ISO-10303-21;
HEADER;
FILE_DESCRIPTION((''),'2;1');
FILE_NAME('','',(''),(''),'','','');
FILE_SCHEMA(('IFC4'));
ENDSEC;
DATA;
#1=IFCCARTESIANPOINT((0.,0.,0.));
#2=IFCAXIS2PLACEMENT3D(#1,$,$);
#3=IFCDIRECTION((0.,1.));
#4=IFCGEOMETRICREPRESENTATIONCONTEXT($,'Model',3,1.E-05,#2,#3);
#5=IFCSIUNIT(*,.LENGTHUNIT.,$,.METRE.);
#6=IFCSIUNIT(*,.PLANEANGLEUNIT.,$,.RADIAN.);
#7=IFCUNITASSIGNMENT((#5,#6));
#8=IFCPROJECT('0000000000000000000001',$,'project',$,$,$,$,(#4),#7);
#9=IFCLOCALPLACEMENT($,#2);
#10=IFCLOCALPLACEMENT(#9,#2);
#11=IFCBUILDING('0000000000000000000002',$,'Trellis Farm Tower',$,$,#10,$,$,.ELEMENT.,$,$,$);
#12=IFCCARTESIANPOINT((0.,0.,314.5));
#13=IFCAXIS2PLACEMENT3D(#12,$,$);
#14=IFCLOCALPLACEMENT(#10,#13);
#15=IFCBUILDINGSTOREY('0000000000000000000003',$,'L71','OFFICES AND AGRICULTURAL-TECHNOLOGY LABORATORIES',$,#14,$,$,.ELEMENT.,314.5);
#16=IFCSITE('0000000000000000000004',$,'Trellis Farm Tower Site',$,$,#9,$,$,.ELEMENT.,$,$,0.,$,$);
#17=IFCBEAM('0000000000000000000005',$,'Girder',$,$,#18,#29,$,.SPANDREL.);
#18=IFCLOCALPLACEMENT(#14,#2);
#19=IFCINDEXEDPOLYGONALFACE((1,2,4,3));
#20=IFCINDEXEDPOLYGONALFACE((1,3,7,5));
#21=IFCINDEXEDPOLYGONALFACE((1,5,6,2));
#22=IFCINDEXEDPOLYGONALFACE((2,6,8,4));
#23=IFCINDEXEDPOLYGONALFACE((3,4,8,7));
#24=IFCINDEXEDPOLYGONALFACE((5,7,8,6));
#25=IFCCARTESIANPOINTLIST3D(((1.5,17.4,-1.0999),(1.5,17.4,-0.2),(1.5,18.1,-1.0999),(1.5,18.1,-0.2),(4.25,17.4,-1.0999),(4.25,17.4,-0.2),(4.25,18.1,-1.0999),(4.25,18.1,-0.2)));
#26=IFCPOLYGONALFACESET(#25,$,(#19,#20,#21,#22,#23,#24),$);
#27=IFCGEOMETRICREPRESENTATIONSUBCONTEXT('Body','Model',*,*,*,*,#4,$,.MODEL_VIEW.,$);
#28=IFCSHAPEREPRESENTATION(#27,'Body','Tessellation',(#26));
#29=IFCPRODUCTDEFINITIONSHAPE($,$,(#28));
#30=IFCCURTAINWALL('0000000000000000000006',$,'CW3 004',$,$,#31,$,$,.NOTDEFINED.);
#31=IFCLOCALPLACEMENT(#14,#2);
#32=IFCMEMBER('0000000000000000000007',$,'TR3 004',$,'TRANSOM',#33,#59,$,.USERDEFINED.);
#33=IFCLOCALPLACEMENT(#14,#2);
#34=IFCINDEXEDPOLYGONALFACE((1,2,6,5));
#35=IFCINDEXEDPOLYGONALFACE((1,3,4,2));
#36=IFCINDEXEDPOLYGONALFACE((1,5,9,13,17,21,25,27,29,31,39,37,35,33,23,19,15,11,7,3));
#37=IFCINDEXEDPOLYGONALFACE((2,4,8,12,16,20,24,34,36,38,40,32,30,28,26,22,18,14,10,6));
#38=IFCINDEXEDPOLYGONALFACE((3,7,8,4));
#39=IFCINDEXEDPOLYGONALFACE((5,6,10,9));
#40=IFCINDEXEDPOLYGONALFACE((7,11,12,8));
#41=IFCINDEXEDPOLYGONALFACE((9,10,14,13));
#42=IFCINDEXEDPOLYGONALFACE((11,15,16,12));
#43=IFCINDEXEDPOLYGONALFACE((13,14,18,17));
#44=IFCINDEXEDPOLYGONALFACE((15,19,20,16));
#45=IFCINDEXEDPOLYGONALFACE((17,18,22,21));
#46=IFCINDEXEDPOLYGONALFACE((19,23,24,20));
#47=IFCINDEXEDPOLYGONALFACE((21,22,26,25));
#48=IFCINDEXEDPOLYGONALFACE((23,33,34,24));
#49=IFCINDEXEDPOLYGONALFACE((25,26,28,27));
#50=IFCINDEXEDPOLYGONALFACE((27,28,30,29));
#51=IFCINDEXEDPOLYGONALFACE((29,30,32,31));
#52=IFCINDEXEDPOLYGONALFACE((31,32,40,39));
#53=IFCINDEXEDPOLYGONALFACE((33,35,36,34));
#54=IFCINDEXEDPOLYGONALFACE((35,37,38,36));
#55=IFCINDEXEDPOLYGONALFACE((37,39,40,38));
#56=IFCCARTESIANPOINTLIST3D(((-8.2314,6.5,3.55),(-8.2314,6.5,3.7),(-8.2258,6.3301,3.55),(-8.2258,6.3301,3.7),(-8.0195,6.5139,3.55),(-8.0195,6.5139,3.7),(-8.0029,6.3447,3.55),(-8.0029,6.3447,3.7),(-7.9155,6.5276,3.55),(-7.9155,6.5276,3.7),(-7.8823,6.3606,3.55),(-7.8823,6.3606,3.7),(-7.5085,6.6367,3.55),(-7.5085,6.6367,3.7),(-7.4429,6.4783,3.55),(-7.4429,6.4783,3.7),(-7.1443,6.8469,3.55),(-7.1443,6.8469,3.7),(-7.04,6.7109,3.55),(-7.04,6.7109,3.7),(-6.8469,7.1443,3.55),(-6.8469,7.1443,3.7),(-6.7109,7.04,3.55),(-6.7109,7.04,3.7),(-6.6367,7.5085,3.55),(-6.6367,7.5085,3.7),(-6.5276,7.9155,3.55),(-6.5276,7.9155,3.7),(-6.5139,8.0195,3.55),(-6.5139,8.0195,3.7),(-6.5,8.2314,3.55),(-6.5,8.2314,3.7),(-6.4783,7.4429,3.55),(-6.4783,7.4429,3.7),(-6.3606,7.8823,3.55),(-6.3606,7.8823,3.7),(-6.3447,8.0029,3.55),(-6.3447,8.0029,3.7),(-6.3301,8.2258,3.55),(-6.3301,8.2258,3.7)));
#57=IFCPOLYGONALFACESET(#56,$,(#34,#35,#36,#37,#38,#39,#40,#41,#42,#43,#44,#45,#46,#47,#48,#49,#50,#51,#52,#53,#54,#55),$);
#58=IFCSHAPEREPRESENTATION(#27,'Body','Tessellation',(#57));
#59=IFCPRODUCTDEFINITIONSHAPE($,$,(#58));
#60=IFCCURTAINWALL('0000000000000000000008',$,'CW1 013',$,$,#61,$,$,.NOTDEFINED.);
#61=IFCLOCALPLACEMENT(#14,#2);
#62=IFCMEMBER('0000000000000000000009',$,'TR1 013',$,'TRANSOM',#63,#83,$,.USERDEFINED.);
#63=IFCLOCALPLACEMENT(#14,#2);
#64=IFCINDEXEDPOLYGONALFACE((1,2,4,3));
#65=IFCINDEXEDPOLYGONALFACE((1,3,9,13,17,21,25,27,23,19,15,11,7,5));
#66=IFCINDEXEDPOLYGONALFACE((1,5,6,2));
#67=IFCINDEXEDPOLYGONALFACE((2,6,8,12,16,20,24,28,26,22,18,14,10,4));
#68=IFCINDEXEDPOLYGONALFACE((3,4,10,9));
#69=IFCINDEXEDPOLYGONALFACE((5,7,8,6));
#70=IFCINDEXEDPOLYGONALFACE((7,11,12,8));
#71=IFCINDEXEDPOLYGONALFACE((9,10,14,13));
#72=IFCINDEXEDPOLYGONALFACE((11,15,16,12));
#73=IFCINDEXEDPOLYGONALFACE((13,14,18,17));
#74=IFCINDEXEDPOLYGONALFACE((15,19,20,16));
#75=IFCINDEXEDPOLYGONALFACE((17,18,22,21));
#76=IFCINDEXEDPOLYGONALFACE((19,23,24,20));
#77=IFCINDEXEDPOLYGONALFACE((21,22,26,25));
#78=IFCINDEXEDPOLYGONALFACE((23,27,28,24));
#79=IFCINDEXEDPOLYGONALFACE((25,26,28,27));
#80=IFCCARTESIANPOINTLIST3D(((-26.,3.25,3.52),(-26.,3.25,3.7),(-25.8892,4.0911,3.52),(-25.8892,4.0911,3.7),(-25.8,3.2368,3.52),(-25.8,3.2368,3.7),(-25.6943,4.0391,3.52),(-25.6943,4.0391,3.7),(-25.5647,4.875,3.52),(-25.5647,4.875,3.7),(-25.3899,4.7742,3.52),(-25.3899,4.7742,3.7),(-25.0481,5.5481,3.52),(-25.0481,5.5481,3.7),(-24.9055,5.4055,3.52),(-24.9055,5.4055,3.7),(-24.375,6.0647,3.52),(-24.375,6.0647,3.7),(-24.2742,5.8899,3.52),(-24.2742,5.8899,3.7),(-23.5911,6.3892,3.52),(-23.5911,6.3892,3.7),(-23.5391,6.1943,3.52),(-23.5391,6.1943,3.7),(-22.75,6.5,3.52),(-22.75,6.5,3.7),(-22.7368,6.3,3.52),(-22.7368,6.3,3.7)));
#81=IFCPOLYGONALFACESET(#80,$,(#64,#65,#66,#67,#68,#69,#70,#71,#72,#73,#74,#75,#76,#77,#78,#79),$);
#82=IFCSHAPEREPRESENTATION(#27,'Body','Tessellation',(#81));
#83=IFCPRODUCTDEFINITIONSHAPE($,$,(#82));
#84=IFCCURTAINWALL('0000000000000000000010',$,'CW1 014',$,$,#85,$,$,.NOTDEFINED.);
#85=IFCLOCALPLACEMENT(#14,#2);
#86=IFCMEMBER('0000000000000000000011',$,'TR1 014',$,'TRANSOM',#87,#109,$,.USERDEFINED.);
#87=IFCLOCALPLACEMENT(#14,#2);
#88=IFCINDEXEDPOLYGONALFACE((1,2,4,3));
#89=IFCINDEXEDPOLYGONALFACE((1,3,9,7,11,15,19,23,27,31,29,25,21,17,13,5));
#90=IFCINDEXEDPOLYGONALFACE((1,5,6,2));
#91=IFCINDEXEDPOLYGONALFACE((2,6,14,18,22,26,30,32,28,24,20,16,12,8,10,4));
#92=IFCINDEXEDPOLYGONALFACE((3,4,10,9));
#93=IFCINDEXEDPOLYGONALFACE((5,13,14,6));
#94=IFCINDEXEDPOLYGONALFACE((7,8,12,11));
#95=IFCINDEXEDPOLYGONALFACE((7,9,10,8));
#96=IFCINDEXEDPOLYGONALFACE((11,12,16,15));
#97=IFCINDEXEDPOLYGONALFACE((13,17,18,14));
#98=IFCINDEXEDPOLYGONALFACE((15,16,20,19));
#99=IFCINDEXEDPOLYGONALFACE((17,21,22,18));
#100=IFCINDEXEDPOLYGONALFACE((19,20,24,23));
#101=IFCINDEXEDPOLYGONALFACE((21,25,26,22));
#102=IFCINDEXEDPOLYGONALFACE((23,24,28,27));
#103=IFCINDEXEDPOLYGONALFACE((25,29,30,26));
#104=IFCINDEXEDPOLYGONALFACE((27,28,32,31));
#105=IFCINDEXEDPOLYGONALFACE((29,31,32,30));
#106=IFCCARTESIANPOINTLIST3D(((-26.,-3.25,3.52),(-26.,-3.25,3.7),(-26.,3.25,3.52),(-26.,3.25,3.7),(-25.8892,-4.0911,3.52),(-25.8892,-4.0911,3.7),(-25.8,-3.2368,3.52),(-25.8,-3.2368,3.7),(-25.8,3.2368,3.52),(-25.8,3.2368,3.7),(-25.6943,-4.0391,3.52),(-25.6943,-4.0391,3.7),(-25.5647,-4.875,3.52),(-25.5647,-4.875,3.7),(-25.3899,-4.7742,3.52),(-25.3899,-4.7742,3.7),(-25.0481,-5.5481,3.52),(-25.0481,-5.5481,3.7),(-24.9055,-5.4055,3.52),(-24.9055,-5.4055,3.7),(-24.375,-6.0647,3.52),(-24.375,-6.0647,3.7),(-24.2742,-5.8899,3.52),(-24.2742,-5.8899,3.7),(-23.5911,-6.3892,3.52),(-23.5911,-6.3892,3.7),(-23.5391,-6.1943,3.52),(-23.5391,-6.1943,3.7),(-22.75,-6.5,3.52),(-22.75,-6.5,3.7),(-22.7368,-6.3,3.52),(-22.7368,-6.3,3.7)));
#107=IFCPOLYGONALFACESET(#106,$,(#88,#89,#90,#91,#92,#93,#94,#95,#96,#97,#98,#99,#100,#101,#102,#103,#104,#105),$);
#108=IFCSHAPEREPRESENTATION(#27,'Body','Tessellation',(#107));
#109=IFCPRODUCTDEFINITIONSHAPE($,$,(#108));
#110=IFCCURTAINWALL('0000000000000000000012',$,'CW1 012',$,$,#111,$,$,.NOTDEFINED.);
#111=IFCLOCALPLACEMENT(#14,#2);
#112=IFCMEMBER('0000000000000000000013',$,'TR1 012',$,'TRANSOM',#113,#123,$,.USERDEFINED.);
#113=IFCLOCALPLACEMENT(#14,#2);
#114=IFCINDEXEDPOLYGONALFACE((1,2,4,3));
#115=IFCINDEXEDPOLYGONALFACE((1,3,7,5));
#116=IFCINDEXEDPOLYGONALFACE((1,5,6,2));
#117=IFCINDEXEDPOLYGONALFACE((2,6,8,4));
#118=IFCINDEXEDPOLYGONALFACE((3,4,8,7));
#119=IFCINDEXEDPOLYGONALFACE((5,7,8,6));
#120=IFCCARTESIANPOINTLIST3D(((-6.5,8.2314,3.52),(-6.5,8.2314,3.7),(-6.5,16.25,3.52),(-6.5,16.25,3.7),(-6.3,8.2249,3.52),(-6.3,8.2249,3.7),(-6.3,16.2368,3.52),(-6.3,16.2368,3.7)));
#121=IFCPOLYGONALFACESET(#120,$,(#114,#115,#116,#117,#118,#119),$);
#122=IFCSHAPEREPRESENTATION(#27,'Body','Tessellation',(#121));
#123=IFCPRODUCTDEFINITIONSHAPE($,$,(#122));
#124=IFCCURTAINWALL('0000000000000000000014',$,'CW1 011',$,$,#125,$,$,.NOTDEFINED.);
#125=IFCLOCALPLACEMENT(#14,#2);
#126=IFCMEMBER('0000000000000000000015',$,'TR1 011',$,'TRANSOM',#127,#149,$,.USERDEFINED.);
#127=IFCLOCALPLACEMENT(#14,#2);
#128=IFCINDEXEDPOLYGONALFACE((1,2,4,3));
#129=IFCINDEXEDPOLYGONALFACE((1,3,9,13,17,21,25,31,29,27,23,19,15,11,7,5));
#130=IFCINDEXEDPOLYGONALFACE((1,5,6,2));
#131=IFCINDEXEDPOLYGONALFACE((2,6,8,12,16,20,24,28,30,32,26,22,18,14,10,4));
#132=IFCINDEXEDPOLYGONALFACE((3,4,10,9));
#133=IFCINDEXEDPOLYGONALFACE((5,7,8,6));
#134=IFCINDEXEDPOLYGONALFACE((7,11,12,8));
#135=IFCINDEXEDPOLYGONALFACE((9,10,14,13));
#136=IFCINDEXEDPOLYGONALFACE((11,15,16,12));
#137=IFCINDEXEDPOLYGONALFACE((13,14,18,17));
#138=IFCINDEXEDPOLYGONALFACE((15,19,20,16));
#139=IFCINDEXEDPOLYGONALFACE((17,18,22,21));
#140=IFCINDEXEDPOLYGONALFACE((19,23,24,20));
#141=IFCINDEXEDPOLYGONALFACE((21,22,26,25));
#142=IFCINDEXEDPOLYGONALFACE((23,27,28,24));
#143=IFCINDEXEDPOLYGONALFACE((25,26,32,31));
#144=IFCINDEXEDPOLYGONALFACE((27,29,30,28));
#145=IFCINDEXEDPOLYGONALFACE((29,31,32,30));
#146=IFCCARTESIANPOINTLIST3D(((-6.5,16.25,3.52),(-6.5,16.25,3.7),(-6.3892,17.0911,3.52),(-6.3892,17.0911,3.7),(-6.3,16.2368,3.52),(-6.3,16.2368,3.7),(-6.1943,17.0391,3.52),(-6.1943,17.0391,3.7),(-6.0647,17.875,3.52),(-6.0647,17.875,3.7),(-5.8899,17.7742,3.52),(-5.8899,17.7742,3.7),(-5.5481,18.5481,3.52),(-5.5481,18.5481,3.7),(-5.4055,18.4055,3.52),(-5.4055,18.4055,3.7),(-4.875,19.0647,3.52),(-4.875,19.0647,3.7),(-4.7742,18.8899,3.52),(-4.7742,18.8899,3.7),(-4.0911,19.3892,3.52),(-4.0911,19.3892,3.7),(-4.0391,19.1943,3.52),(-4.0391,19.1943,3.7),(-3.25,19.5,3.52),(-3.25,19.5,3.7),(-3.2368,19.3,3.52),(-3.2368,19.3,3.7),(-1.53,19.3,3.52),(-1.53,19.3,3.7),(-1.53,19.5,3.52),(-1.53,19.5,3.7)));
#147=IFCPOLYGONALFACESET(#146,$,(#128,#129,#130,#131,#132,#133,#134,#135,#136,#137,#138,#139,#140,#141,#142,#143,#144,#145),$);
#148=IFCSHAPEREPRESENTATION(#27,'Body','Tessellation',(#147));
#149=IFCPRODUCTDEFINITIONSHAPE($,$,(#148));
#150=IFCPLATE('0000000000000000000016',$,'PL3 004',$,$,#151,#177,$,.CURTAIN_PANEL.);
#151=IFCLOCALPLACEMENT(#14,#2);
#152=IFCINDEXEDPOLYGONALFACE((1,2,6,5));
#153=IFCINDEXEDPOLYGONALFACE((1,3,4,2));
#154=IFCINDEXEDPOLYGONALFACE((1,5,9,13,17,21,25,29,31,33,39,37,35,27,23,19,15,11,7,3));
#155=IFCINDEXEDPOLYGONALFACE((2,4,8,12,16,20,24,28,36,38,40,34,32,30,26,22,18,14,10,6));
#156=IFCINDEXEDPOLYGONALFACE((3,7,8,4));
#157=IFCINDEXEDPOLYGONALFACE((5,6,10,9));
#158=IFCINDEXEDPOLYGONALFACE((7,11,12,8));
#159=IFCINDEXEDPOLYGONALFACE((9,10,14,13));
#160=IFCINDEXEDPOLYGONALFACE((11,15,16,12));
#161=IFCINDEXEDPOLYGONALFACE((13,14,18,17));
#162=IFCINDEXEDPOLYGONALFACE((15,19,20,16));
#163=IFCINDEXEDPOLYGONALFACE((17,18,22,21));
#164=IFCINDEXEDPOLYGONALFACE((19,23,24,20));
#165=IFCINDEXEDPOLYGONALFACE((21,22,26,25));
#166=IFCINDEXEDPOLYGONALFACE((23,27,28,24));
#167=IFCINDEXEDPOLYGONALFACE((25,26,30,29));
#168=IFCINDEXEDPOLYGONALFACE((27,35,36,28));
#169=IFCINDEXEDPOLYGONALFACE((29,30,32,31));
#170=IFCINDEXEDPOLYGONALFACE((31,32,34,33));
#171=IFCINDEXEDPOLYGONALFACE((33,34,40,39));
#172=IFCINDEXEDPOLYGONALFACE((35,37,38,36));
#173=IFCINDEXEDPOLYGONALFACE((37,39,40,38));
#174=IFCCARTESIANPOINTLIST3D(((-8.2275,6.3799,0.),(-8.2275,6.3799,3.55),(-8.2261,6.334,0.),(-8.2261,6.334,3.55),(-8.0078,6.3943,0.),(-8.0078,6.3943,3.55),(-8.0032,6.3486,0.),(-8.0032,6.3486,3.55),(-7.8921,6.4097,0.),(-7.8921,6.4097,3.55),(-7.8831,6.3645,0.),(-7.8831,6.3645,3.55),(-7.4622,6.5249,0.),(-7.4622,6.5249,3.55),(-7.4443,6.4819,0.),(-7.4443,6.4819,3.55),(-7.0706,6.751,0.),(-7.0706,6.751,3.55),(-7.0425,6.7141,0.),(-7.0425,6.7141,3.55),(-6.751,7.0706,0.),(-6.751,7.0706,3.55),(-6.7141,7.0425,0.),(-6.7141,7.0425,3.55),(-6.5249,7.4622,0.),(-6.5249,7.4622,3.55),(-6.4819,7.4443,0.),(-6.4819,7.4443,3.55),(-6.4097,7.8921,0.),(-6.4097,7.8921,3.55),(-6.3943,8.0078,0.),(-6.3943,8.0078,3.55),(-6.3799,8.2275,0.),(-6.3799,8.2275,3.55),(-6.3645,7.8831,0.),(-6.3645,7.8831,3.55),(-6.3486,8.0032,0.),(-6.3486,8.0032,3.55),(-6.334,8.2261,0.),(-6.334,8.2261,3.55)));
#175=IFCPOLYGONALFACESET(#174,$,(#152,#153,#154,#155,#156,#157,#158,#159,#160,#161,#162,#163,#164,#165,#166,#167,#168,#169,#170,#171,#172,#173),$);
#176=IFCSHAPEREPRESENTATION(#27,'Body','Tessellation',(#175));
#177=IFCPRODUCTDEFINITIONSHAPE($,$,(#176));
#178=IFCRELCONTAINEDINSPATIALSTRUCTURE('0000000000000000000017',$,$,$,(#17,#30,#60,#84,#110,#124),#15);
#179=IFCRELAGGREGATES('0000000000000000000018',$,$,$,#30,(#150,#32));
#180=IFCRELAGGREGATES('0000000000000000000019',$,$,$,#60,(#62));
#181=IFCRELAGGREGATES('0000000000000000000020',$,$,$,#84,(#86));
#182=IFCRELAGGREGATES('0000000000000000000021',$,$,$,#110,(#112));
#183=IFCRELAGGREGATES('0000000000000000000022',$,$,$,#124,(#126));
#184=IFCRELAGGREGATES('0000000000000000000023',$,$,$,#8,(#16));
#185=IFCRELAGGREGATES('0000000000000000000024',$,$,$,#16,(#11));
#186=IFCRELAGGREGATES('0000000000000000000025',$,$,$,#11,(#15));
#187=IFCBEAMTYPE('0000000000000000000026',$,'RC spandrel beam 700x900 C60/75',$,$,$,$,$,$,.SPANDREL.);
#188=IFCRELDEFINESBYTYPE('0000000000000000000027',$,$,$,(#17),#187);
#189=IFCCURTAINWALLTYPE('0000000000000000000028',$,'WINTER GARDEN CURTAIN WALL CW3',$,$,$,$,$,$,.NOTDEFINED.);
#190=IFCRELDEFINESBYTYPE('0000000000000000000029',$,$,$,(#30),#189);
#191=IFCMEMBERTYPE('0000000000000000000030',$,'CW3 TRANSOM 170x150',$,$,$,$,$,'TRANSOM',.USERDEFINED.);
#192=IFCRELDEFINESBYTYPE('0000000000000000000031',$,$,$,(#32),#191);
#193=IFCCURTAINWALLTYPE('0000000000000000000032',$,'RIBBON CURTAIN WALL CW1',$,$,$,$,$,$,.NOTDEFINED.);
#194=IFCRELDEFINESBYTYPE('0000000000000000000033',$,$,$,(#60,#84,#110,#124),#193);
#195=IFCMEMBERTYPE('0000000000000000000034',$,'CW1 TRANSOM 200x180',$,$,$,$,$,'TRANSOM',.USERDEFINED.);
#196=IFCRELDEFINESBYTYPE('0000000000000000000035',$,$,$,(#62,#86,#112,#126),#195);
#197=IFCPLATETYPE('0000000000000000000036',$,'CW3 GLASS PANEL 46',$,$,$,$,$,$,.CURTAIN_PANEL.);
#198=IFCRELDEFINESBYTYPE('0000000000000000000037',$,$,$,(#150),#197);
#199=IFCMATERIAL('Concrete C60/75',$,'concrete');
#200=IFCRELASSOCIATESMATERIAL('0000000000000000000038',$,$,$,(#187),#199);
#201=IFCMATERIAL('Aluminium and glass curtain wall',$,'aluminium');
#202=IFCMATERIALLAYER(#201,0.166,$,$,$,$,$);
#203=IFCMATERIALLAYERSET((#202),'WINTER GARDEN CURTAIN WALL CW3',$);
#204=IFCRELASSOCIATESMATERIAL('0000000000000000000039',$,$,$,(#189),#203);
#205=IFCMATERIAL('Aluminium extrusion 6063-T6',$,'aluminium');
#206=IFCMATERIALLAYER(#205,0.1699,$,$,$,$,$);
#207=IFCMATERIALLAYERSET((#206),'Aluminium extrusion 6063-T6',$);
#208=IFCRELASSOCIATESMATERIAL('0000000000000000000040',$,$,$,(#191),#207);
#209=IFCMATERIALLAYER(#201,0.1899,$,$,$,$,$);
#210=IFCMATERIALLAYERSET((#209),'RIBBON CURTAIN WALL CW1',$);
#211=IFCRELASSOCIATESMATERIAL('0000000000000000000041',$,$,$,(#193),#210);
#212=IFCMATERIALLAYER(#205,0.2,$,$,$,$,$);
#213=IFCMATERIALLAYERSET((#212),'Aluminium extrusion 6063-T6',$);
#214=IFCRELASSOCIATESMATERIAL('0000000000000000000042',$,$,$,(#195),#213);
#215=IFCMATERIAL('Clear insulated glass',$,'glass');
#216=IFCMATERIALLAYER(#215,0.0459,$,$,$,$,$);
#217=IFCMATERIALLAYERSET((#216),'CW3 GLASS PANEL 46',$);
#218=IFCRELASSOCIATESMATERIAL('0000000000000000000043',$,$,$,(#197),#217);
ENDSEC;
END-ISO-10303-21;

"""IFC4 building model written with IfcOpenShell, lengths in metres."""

from ifc_helpers import new_model, si_unit, direction, frame, origin, origin_2d, place, context, subcontext, project, spatial, polyline, rectangle, outline, extrude, source, transform, mapped, material, layer, layer_set, material_profile, profile_set, type_object, element, aggregate, save


model = new_model("IFC4")

# Units and contexts
model_context = context("Model", 3, precision=1e-05, world=origin(), true_north=direction((0.0, 1.0)))
body_context = subcontext(model_context, "Body", "Model", "MODEL_VIEW")
ifc_project = project(units=[si_unit("LENGTHUNIT", "METRE"), si_unit("PLANEANGLEUNIT", "RADIAN")], contexts=[model_context])

# Site, building, storey
site_placement = place(None, origin())
site = spatial("IfcSite", under=ifc_project, at=site_placement, Name="Trellis Farm Tower Site", CompositionType="ELEMENT", RefElevation=0.0)
building_placement = place(site_placement, origin())
building = spatial("IfcBuilding", under=site, at=building_placement, Name="Trellis Farm Tower", CompositionType="ELEMENT")
storey_placement = place(building_placement, frame((0.0, 0.0, 314.5)))
storey = spatial("IfcBuildingStorey", under=building, at=storey_placement, Name="L71", Description="OFFICES AND AGRICULTURAL-TECHNOLOGY LABORATORIES", CompositionType="ELEMENT", Elevation=314.5)

# Beam
ifc_material_1 = material(Name="Concrete C60/75", Category="concrete")
ifc_material_profile = material_profile(ifc_material_1, rectangle(XDim=0.7, YDim=0.8999, at=origin_2d()), Name="RC spandrel beam 700x900 C60/75")
ifc_profile_set = profile_set([ifc_material_profile], Name="Concrete C60/75")
beam_type = type_object("IfcBeamType", Name="RC spandrel beam 700x900 C60/75", PredefinedType="SPANDREL", material=ifc_profile_set)
shared_shape_1 = source(origin(), body_context, "Body", "SweptSolid", [
    extrude(rectangle(XDim=0.7, YDim=0.8999, at=origin_2d()), origin(), (0.0, 0.0, 1.0), 2.75),
])
beam_placement = place(storey_placement, frame((1.5, 17.75, -0.6499), z_axis=(1.0, 0.0, 0.0), x_axis=(0.0, 1.0, 0.0)))
element("IfcBeam", 1, at=beam_placement, inside=storey, type_object=beam_type, Name="Girder", PredefinedType="SPANDREL", context=body_context, shape_type="MappedRepresentation", body=[
    mapped(shared_shape_1, transform((0.0, 0.0, 0.0))),
])

# Curtain walls, members
ifc_material_2 = material(Name="Aluminium and glass curtain wall", Category="aluminium")
ifc_layer_1 = layer(ifc_material_2, 0.166)
ifc_layer_set_1 = layer_set([ifc_layer_1], Name="WINTER GARDEN CURTAIN WALL CW3")
curtain_wall_type_1 = type_object("IfcCurtainWallType", Name="WINTER GARDEN CURTAIN WALL CW3", PredefinedType="NOTDEFINED", material=ifc_layer_set_1)
placement_1 = place(storey_placement, origin())
curtain_wall_1 = element("IfcCurtainWall", 2, at=placement_1, inside=storey, type_object=curtain_wall_type_1, Name="CW3 004", PredefinedType="NOTDEFINED")
ifc_material_3 = material(Name="Aluminium extrusion 6063-T6", Category="aluminium")
ifc_layer_2 = layer(ifc_material_3, 0.1699)
ifc_layer_set_2 = layer_set([ifc_layer_2], Name="Aluminium extrusion 6063-T6")
member_type_1 = type_object("IfcMemberType", Name="CW3 TRANSOM 170x150", ElementType="TRANSOM", PredefinedType="USERDEFINED", material=ifc_layer_set_2)
shared_shape_2 = source(origin(), body_context, "Body", "SweptSolid", [
    extrude(outline(polyline([(-6.5, 8.2314), (-6.5139, 8.0195), (-6.5276, 7.9155), (-6.6367, 7.5085), (-6.8469, 7.1443), (-7.1443, 6.8469), (-7.5085, 6.6367), (-7.9155, 6.5276), (-8.0195, 6.5139), (-8.2314, 6.5), (-8.2258, 6.3301), (-8.0029, 6.3447), (-7.8823, 6.3606), (-7.4429, 6.4783), (-7.04, 6.7109), (-6.7109, 7.04), (-6.4783, 7.4429), (-6.3606, 7.8823), (-6.3447, 8.0029), (-6.3301, 8.2258), (-6.5, 8.2314)])), origin(), (0.0, 0.0, 1.0), 0.1499),
])
member_1_placement = place(storey_placement, frame((0.0, 0.0, 3.55)))
member_1 = element("IfcMember", 3, at=member_1_placement, type_object=member_type_1, Name="TR3 004", ObjectType="TRANSOM", PredefinedType="USERDEFINED", context=body_context, shape_type="MappedRepresentation", body=[
    mapped(shared_shape_2, transform((0.0, 0.0, 0.0))),
])
ifc_layer_3 = layer(ifc_material_2, 0.1899)
ifc_layer_set_3 = layer_set([ifc_layer_3], Name="RIBBON CURTAIN WALL CW1")
curtain_wall_type_2 = type_object("IfcCurtainWallType", Name="RIBBON CURTAIN WALL CW1", PredefinedType="NOTDEFINED", material=ifc_layer_set_3)
curtain_wall_2 = element("IfcCurtainWall", 4, at=placement_1, inside=storey, type_object=curtain_wall_type_2, Name="CW1 013", PredefinedType="NOTDEFINED")
ifc_layer_4 = layer(ifc_material_3, 0.2)
ifc_layer_set_4 = layer_set([ifc_layer_4], Name="Aluminium extrusion 6063-T6")
member_type_2 = type_object("IfcMemberType", Name="CW1 TRANSOM 200x180", ElementType="TRANSOM", PredefinedType="USERDEFINED", material=ifc_layer_set_4)
shared_shape_3 = source(origin(), body_context, "Body", "SweptSolid", [
    extrude(outline(polyline([(-22.75, 6.5), (-23.5911, 6.3892), (-24.375, 6.0647), (-25.0481, 5.5481), (-25.5647, 4.875), (-25.8892, 4.0911), (-26.0, 3.25), (-25.8, 3.2368), (-25.6943, 4.0391), (-25.3899, 4.7742), (-24.9055, 5.4055), (-24.2742, 5.8899), (-23.5391, 6.1943), (-22.7368, 6.3), (-22.75, 6.5)])), origin(), (0.0, 0.0, 1.0), 0.1799),
])
placement_2 = place(storey_placement, frame((0.0, 0.0, 3.52)))
member_2 = element("IfcMember", 5, at=placement_2, type_object=member_type_2, Name="TR1 013", ObjectType="TRANSOM", PredefinedType="USERDEFINED", context=body_context, shape_type="MappedRepresentation", body=[
    mapped(shared_shape_3, transform((0.0, 0.0, 0.0))),
])
curtain_wall_3 = element("IfcCurtainWall", 6, at=placement_1, inside=storey, type_object=curtain_wall_type_2, Name="CW1 014", PredefinedType="NOTDEFINED")
shared_shape_4 = source(origin(), body_context, "Body", "SweptSolid", [
    extrude(outline(polyline([(-26.0, 3.25), (-26.0, -3.25), (-25.8892, -4.0911), (-25.5647, -4.875), (-25.0481, -5.5481), (-24.375, -6.0647), (-23.5911, -6.3892), (-22.75, -6.5), (-22.7368, -6.3), (-23.5391, -6.1943), (-24.2742, -5.8899), (-24.9055, -5.4055), (-25.3899, -4.7742), (-25.6943, -4.0391), (-25.8, -3.2368), (-25.8, 3.2368), (-26.0, 3.25)])), origin(), (0.0, 0.0, 1.0), 0.1799),
])
member_3 = element("IfcMember", 7, at=placement_2, type_object=member_type_2, Name="TR1 014", ObjectType="TRANSOM", PredefinedType="USERDEFINED", context=body_context, shape_type="MappedRepresentation", body=[
    mapped(shared_shape_4, transform((0.0, 0.0, 0.0))),
])
curtain_wall_4 = element("IfcCurtainWall", 8, at=placement_1, inside=storey, type_object=curtain_wall_type_2, Name="CW1 012", PredefinedType="NOTDEFINED")
shared_shape_5 = source(origin(), body_context, "Body", "SweptSolid", [
    extrude(outline(polyline([(-6.5, 16.25), (-6.5, 8.2314), (-6.3, 8.2249), (-6.3, 16.2368), (-6.5, 16.25)])), origin(), (0.0, 0.0, 1.0), 0.1799),
])
member_4 = element("IfcMember", 9, at=placement_2, type_object=member_type_2, Name="TR1 012", ObjectType="TRANSOM", PredefinedType="USERDEFINED", context=body_context, shape_type="MappedRepresentation", body=[
    mapped(shared_shape_5, transform((0.0, 0.0, 0.0))),
])
curtain_wall_5 = element("IfcCurtainWall", 10, at=placement_1, inside=storey, type_object=curtain_wall_type_2, Name="CW1 011", PredefinedType="NOTDEFINED")
shared_shape_6 = source(origin(), body_context, "Body", "SweptSolid", [
    extrude(outline(polyline([(-1.53, 19.5), (-3.25, 19.5), (-4.0911, 19.3892), (-4.875, 19.0647), (-5.5481, 18.5481), (-6.0647, 17.875), (-6.3892, 17.0911), (-6.5, 16.25), (-6.3, 16.2368), (-6.1943, 17.0391), (-5.8899, 17.7742), (-5.4055, 18.4055), (-4.7742, 18.8899), (-4.0391, 19.1943), (-3.2368, 19.3), (-1.53, 19.3), (-1.53, 19.5)])), origin(), (0.0, 0.0, 1.0), 0.1799),
])
member_5 = element("IfcMember", 11, at=placement_2, type_object=member_type_2, Name="TR1 011", ObjectType="TRANSOM", PredefinedType="USERDEFINED", context=body_context, shape_type="MappedRepresentation", body=[
    mapped(shared_shape_6, transform((0.0, 0.0, 0.0))),
])

# Plate
ifc_material_4 = material(Name="Clear insulated glass", Category="glass")
ifc_layer_5 = layer(ifc_material_4, 0.0459)
ifc_layer_set_5 = layer_set([ifc_layer_5], Name="CW3 GLASS PANEL 46")
plate_type_1 = type_object("IfcPlateType", Name="CW3 GLASS PANEL 46", PredefinedType="CURTAIN_PANEL", material=ifc_layer_set_5)
shared_shape_7 = source(origin(), body_context, "Body", "SweptSolid", [
    extrude(outline(polyline([(-6.3799, 8.2275), (-6.3943, 8.0078), (-6.4097, 7.8921), (-6.5249, 7.4622), (-6.751, 7.0706), (-7.0706, 6.751), (-7.4622, 6.5249), (-7.8921, 6.4097), (-8.0078, 6.3943), (-8.2275, 6.3799), (-8.2261, 6.334), (-8.0032, 6.3486), (-7.8831, 6.3645), (-7.4443, 6.4819), (-7.0425, 6.7141), (-6.7141, 7.0425), (-6.4819, 7.4443), (-6.3645, 7.8831), (-6.3486, 8.0032), (-6.334, 8.2261), (-6.3799, 8.2275)])), origin(), (0.0, 0.0, 1.0), 3.55),
])
plate_1 = element("IfcPlate", 12, at=placement_1, type_object=plate_type_1, Name="PL3 004", PredefinedType="CURTAIN_PANEL", context=body_context, shape_type="MappedRepresentation", body=[
    mapped(shared_shape_7, transform((0.0, 0.0, 0.0))),
])
aggregate(curtain_wall_1, [plate_1, member_1])
aggregate(curtain_wall_2, [member_2])
aggregate(curtain_wall_3, [member_3])
aggregate(curtain_wall_4, [member_4])
aggregate(curtain_wall_5, [member_5])

save(model, "model.ifc")
